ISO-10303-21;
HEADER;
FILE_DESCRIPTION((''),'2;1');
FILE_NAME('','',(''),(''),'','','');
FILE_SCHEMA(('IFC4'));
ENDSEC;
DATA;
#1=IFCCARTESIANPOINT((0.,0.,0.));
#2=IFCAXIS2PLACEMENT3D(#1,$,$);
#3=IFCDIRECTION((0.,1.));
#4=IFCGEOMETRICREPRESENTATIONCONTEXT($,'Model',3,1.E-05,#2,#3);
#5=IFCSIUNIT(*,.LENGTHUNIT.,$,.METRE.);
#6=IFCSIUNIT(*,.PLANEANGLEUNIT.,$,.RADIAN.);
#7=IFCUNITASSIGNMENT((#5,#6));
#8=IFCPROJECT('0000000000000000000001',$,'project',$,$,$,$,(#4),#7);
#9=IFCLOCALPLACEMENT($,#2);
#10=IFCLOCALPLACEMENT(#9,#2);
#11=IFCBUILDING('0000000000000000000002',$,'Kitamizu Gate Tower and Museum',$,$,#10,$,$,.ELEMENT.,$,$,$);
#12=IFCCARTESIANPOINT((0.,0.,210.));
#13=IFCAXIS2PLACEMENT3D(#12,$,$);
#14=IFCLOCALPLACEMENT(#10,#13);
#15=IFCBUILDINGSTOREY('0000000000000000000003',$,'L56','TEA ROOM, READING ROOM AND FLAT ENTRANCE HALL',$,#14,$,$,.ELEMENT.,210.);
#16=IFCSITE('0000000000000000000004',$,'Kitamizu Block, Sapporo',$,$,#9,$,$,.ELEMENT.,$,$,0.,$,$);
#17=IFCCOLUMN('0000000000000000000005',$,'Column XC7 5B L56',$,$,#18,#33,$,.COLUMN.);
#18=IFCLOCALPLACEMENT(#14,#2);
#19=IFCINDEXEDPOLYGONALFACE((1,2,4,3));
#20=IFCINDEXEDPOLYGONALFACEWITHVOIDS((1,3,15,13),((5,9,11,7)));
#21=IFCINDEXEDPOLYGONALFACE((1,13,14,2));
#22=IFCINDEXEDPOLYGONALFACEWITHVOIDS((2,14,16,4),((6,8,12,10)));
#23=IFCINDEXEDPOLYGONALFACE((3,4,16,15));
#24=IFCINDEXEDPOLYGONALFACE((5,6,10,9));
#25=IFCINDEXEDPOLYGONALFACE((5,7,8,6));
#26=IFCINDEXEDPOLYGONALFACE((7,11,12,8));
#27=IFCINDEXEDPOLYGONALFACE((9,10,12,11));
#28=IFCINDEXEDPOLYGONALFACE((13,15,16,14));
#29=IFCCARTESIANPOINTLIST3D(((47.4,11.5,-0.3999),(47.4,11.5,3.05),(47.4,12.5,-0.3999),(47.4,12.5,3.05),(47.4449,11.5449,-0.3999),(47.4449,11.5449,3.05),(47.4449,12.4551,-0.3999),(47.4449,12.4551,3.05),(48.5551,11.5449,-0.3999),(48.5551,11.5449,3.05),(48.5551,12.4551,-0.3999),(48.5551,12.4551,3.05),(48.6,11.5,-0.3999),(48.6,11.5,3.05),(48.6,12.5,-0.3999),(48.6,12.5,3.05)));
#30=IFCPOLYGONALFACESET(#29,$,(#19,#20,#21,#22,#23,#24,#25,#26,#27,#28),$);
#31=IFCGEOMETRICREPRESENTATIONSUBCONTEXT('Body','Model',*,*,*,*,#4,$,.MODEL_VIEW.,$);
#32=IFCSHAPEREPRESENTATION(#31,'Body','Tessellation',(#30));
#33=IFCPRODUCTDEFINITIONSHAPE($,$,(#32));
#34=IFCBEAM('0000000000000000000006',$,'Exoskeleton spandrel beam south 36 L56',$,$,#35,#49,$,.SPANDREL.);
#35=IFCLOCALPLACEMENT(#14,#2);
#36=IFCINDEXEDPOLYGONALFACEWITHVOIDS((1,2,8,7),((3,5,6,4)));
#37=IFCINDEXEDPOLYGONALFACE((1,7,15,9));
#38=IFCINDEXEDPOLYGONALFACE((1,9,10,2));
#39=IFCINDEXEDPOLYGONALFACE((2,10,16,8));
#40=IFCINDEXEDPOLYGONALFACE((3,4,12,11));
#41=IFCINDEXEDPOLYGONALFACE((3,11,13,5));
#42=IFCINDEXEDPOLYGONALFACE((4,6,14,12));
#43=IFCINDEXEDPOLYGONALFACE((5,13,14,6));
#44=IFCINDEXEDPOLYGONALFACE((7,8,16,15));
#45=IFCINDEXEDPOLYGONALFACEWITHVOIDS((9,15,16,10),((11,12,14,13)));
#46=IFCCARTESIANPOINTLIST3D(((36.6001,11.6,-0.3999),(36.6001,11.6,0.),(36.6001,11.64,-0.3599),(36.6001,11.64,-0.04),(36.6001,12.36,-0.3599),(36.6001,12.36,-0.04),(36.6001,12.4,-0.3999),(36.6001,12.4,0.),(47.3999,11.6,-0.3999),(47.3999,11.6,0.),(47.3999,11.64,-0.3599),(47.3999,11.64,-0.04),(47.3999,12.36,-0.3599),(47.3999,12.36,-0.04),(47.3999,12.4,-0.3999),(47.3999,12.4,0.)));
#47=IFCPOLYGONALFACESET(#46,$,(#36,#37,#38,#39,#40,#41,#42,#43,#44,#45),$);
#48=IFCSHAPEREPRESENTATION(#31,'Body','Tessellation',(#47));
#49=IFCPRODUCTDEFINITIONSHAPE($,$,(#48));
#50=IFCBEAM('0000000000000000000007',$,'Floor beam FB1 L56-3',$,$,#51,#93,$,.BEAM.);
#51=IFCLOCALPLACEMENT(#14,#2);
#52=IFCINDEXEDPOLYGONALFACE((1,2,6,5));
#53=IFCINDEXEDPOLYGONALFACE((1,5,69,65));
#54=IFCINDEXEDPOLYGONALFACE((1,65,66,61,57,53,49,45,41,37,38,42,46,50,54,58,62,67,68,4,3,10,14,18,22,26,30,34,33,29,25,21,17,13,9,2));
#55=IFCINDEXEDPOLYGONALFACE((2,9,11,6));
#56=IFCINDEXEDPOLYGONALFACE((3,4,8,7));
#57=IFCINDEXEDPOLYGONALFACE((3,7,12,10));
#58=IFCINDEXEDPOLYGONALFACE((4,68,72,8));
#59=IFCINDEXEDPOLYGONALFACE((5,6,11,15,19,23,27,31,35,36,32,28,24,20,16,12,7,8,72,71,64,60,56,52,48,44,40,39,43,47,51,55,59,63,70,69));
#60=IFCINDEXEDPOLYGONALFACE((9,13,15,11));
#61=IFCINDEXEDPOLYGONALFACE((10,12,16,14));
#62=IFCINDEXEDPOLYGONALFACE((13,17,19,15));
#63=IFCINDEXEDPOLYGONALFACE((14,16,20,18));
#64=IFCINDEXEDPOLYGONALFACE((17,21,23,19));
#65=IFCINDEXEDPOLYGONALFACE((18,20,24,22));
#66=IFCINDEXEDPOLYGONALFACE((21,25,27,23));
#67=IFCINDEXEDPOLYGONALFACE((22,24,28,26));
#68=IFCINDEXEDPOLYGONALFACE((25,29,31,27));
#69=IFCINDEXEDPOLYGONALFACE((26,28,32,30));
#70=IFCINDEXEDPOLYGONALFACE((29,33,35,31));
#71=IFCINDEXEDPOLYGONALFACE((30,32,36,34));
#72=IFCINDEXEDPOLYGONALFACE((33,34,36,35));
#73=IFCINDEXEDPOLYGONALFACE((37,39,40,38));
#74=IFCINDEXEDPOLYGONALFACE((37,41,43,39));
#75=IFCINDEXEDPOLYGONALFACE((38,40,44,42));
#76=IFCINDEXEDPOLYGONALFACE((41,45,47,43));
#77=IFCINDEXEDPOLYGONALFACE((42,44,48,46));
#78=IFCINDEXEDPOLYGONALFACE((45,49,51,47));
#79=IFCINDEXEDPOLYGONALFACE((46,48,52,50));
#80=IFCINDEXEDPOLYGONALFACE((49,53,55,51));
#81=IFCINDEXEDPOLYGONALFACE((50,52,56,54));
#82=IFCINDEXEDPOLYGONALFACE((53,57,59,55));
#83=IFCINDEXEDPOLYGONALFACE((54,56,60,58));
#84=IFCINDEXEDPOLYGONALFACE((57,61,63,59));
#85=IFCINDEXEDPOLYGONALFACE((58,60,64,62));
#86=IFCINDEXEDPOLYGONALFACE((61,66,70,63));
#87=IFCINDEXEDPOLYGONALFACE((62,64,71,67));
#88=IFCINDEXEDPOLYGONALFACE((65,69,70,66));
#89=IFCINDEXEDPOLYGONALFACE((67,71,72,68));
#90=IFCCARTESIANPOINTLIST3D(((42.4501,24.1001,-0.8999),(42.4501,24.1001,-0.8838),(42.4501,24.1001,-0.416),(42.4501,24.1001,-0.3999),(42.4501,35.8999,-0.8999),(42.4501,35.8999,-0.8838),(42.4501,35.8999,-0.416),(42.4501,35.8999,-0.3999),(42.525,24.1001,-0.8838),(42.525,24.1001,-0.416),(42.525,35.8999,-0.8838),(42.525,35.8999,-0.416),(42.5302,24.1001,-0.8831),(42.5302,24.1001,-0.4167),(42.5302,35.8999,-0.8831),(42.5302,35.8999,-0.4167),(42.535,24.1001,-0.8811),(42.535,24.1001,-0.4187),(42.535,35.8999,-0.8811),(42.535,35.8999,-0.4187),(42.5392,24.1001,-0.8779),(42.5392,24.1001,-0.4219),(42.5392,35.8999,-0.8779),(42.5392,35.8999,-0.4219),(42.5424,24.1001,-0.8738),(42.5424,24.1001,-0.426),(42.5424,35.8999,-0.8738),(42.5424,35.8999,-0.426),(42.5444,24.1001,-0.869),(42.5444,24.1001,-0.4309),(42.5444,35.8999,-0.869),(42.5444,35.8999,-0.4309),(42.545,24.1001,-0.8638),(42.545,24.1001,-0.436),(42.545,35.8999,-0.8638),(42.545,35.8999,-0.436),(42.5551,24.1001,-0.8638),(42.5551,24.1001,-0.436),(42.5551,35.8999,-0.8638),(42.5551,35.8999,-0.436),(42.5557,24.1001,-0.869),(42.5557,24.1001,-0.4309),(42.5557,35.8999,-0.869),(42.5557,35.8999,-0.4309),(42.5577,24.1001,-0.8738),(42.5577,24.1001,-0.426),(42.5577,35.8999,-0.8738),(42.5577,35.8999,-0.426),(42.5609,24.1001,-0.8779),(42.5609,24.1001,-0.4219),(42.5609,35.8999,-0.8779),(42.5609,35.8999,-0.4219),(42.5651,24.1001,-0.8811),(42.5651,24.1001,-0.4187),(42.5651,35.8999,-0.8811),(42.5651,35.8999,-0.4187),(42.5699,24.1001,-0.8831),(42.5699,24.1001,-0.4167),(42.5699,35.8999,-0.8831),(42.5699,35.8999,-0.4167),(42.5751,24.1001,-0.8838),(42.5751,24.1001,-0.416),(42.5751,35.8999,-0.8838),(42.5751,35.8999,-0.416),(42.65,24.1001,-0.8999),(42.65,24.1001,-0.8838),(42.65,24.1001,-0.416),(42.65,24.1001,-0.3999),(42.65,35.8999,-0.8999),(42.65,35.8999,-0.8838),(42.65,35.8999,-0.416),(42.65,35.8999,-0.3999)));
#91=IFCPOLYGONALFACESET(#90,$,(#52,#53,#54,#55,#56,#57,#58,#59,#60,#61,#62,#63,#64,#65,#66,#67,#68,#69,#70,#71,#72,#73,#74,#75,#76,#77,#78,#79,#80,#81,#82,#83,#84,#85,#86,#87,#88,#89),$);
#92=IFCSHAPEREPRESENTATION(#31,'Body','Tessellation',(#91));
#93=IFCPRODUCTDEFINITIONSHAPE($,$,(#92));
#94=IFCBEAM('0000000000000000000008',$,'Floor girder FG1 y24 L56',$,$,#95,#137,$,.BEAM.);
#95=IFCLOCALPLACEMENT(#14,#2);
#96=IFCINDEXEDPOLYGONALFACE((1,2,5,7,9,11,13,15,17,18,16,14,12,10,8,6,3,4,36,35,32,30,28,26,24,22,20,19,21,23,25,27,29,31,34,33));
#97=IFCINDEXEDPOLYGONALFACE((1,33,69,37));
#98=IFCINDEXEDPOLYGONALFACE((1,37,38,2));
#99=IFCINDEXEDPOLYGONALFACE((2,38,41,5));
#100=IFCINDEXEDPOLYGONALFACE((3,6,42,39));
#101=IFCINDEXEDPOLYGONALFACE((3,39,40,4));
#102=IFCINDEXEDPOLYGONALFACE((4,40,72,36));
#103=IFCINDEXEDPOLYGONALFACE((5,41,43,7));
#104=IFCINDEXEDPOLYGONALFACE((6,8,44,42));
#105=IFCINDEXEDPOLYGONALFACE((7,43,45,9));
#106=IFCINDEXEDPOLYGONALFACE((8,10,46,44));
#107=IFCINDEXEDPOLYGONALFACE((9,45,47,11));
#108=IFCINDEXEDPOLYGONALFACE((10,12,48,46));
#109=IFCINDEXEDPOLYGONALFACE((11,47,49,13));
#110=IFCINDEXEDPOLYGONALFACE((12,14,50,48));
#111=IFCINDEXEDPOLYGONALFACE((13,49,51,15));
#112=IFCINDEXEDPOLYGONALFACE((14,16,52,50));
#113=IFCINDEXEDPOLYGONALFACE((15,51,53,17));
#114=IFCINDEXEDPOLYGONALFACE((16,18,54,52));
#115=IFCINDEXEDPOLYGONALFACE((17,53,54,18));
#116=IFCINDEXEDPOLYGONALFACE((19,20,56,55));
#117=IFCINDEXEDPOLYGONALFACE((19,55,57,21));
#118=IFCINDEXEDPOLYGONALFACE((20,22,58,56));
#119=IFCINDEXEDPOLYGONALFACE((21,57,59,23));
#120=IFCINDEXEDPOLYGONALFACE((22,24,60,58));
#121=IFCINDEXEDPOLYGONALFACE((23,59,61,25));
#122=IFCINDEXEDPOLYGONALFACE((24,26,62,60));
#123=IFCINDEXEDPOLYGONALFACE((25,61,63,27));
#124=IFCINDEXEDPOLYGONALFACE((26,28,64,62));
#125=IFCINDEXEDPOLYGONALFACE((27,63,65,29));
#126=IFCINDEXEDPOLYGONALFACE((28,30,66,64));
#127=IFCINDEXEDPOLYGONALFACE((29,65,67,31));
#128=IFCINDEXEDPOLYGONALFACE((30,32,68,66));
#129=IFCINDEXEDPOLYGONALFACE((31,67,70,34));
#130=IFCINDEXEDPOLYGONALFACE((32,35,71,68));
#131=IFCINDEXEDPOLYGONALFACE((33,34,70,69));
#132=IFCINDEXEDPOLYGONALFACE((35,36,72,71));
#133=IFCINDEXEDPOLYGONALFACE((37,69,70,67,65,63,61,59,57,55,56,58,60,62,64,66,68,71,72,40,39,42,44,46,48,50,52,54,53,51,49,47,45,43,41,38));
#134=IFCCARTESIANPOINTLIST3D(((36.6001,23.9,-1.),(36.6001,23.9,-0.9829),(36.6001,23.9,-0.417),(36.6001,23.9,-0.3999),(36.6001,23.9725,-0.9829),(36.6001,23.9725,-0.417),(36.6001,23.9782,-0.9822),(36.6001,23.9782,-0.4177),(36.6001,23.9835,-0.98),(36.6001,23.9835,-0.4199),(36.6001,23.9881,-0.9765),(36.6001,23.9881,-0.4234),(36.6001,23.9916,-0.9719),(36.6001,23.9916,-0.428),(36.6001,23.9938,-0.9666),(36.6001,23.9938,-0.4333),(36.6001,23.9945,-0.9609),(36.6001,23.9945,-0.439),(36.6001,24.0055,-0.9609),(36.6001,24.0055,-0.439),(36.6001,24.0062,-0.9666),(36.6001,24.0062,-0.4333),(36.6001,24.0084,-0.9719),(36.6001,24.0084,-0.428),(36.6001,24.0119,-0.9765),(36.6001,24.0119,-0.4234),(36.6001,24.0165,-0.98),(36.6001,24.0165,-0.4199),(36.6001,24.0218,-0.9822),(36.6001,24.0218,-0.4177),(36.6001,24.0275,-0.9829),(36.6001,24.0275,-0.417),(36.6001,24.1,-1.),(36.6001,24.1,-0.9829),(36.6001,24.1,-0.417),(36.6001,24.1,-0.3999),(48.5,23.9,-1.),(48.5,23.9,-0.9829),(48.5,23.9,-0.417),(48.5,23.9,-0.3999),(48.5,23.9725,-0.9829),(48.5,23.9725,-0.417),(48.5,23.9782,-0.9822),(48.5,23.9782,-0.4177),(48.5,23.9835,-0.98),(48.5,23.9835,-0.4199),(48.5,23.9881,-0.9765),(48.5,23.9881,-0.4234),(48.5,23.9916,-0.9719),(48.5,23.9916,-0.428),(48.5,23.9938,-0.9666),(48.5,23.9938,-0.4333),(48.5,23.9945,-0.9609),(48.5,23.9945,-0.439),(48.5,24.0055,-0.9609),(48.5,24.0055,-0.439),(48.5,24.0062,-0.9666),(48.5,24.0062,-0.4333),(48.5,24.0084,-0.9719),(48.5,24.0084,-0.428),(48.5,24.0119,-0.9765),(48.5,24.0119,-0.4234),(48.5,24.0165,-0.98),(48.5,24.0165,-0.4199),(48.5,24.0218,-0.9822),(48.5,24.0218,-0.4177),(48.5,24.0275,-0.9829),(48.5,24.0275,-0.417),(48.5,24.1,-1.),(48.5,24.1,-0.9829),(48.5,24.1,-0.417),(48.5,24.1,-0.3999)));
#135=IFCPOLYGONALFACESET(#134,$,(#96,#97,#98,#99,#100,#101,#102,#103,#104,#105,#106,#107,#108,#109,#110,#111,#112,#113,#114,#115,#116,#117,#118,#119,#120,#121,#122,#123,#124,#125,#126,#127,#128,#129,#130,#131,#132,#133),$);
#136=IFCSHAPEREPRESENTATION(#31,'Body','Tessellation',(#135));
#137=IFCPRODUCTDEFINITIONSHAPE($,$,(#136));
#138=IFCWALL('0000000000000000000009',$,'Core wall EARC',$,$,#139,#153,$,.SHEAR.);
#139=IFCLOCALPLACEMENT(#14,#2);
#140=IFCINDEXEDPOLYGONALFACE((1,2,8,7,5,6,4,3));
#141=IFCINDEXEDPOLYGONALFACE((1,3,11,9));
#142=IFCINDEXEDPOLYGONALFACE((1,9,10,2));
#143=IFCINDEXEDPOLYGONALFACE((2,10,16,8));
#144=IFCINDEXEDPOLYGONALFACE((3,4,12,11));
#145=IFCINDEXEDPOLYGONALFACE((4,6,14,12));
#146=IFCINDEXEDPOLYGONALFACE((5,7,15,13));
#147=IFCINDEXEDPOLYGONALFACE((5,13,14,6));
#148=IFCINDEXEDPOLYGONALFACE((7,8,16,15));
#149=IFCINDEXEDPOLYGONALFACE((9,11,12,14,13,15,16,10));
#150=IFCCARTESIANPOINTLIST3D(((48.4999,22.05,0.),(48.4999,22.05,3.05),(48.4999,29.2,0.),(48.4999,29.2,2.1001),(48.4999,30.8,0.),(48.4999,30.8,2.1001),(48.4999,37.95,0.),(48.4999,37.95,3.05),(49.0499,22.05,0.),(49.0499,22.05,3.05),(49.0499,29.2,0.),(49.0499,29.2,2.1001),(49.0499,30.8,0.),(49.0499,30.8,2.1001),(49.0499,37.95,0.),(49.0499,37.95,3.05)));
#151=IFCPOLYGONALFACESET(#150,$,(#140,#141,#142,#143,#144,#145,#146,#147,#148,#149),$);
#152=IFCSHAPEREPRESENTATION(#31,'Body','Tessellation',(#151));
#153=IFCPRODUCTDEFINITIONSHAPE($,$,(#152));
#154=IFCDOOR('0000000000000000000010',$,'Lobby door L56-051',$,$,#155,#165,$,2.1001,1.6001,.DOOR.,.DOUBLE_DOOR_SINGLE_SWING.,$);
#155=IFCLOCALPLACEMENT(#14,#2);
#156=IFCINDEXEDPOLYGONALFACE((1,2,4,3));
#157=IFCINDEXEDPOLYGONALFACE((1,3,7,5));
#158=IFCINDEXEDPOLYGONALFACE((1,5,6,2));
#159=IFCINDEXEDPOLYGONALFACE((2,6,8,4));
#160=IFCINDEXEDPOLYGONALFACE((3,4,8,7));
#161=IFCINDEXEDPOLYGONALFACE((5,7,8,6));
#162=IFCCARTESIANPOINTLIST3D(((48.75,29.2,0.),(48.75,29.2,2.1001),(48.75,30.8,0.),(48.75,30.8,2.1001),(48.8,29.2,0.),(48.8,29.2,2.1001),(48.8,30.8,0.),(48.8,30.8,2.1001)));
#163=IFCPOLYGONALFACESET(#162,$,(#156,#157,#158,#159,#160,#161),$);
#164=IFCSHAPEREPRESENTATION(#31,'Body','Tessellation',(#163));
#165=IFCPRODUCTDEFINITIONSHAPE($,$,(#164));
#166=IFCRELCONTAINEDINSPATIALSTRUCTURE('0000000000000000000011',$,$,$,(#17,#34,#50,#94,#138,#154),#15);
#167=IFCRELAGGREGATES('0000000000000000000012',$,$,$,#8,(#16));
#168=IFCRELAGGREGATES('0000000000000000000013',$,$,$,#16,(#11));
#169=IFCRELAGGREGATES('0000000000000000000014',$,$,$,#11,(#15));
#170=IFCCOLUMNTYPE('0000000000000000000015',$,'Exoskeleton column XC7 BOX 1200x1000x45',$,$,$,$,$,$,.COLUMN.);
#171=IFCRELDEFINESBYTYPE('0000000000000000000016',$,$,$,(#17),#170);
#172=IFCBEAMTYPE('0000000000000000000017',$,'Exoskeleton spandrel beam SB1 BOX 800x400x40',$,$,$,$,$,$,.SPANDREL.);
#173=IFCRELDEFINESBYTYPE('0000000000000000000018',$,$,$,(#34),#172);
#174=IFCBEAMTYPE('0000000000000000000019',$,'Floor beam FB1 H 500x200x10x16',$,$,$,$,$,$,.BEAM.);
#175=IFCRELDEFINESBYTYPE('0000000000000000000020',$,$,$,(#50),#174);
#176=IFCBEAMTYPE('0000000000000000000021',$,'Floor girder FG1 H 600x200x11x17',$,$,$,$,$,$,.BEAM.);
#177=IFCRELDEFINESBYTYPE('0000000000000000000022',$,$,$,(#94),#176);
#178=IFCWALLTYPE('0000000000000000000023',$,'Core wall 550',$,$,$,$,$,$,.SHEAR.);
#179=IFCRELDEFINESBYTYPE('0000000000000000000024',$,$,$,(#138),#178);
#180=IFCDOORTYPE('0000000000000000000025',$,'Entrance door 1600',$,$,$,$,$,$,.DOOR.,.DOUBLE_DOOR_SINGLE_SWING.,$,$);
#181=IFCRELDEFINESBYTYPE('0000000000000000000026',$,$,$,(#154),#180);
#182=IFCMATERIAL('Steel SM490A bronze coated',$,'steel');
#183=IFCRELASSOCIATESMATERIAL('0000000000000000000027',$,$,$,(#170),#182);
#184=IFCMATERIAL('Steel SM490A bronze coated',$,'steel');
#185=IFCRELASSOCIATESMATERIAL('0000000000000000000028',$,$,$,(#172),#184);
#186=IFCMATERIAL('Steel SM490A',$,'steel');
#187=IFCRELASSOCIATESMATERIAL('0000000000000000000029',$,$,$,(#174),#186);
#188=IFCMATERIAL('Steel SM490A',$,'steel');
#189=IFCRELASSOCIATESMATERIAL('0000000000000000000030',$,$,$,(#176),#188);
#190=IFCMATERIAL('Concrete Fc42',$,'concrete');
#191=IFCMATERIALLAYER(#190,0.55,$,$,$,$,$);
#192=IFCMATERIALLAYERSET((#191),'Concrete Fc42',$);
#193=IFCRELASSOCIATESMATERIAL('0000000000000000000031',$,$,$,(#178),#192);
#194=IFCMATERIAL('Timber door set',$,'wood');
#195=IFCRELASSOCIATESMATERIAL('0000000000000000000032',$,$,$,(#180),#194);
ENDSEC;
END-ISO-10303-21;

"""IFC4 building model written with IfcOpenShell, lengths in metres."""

from ifc_helpers import new_model, si_unit, direction, frame, frame_2d, origin, origin_2d, place, context, subcontext, project, spatial, rectangle, hollow_rectangle, i_section, extrude, material, layer, layer_set, material_profile, profile_set, type_object, element, fill, save


model = new_model("IFC4")

# Units and contexts
model_context = context("Model", 3, precision=1e-05, world=origin(), true_north=direction((0.0, 1.0)))
body_context = subcontext(model_context, "Body", "Model", "MODEL_VIEW")
ifc_project = project(units=[si_unit("LENGTHUNIT", "METRE"), si_unit("PLANEANGLEUNIT", "RADIAN")], contexts=[model_context])

# Site, building, storey
site_placement = place(None, origin())
site = spatial("IfcSite", under=ifc_project, at=site_placement, Name="Kitamizu Block, Sapporo", CompositionType="ELEMENT", RefElevation=0.0)
building_placement = place(site_placement, origin())
building = spatial("IfcBuilding", under=site, at=building_placement, Name="Kitamizu Gate Tower and Museum", CompositionType="ELEMENT")
storey_placement = place(building_placement, frame((0.0, 0.0, 210.0)))
storey = spatial("IfcBuildingStorey", under=building, at=storey_placement, Name="L56", Description="TEA ROOM, READING ROOM AND FLAT ENTRANCE HALL", CompositionType="ELEMENT", Elevation=210.0)

# Column
ifc_material_1 = material(Name="Steel SM490A bronze coated", Category="steel")
ifc_material_profile_1 = material_profile(ifc_material_1, hollow_rectangle(XDim=1.2, YDim=1.0, WallThickness=0.0449, at=origin_2d()), Name="BOX 1200x1000x45")
ifc_profile_set_1 = profile_set([ifc_material_profile_1], Name="Steel SM490A bronze coated")
column_type = type_object("IfcColumnType", Name="Exoskeleton column XC7 BOX 1200x1000x45", PredefinedType="COLUMN", material=ifc_profile_set_1)
column_placement = place(storey_placement, frame((48.0, 12.0, -0.3999), z_axis=(0.0, 0.0, 1.0), x_axis=(1.0, 0.0, 0.0)))
element("IfcColumn", 1, at=column_placement, inside=storey, type_object=column_type, Name="Column XC7 5B L56", PredefinedType="COLUMN", context=body_context, shape_type="SweptSolid", body=[
    extrude(hollow_rectangle(XDim=1.2, YDim=1.0, WallThickness=0.0449, at=origin_2d()), origin(), (0.0, 0.0, 1.0), 3.45),
])

# Beams
ifc_material_2 = material(Name="Steel SM490A bronze coated", Category="steel")
ifc_material_profile_2 = material_profile(ifc_material_2, hollow_rectangle(XDim=0.8, YDim=0.3999, WallThickness=0.04, at=origin_2d()), Name="BOX 800x400x40")
ifc_profile_set_2 = profile_set([ifc_material_profile_2], Name="Steel SM490A bronze coated")
beam_type_1 = type_object("IfcBeamType", Name="Exoskeleton spandrel beam SB1 BOX 800x400x40", PredefinedType="SPANDREL", material=ifc_profile_set_2)
beam_1_placement = place(storey_placement, frame((36.6001, 12.0, -0.2), z_axis=(1.0, 0.0, 0.0), x_axis=(0.0, 1.0, 0.0)))
element("IfcBeam", 2, at=beam_1_placement, inside=storey, type_object=beam_type_1, Name="Exoskeleton spandrel beam south 36 L56", PredefinedType="SPANDREL", context=body_context, shape_type="SweptSolid", body=[
    extrude(hollow_rectangle(XDim=0.8, YDim=0.3999, WallThickness=0.04, at=origin_2d()), origin(), (0.0, 0.0, 1.0), 10.7998),
])
ifc_material_3 = material(Name="Steel SM490A", Category="steel")
ifc_material_profile_3 = material_profile(ifc_material_3, i_section(OverallWidth=0.2, OverallDepth=0.5, WebThickness=0.01, FlangeThickness=0.0161, FilletRadius=0.02, at=origin_2d()), Name="H-500x200x10x16")
ifc_profile_set_3 = profile_set([ifc_material_profile_3], Name="Steel SM490A")
beam_type_2 = type_object("IfcBeamType", Name="Floor beam FB1 H 500x200x10x16", PredefinedType="BEAM", material=ifc_profile_set_3)
beam_2_placement = place(storey_placement, frame((42.55, 24.1001, -0.6499), z_axis=(0.0, 1.0, 0.0), x_axis=(-1.0, 0.0, 0.0)))
element("IfcBeam", 3, at=beam_2_placement, inside=storey, type_object=beam_type_2, Name="Floor beam FB1 L56-3", PredefinedType="BEAM", context=body_context, shape_type="SweptSolid", body=[
    extrude(i_section(OverallWidth=0.2, OverallDepth=0.5, WebThickness=0.01, FlangeThickness=0.0161, FilletRadius=0.02, at=origin_2d()), origin(), (0.0, 0.0, 1.0), 11.7998),
])
ifc_material_4 = material(Name="Steel SM490A", Category="steel")
ifc_material_profile_4 = material_profile(ifc_material_4, i_section(OverallWidth=0.2, OverallDepth=0.6001, WebThickness=0.011, FlangeThickness=0.0171, FilletRadius=0.022, at=origin_2d()), Name="H-600x200x11x17")
ifc_profile_set_4 = profile_set([ifc_material_profile_4], Name="Steel SM490A")
beam_type_3 = type_object("IfcBeamType", Name="Floor girder FG1 H 600x200x11x17", PredefinedType="BEAM", material=ifc_profile_set_4)
beam_3_placement = place(storey_placement, frame((36.6001, 24.0, -0.7), z_axis=(1.0, 0.0, 0.0), x_axis=(0.0, 1.0, 0.0)))
element("IfcBeam", 4, at=beam_3_placement, inside=storey, type_object=beam_type_3, Name="Floor girder FG1 y24 L56", PredefinedType="BEAM", context=body_context, shape_type="SweptSolid", body=[
    extrude(i_section(OverallWidth=0.2, OverallDepth=0.6001, WebThickness=0.011, FlangeThickness=0.0171, FilletRadius=0.022, at=origin_2d()), origin(), (0.0, 0.0, 1.0), 11.8999),
])

# Wall, opening, door
ifc_material_5 = material(Name="Concrete Fc42", Category="concrete")
ifc_layer_1 = layer(ifc_material_5, 0.55)
ifc_layer_set_1 = layer_set([ifc_layer_1], Name="Concrete Fc42")
wall_type_1 = type_object("IfcWallType", Name="Core wall 550", PredefinedType="SHEAR", material=ifc_layer_set_1)
wall_1_placement = place(storey_placement, frame((48.7749, 22.05, 0.0), z_axis=(0.0, 0.0, 1.0), x_axis=(0.0, 1.0, 0.0)))
wall_1 = element("IfcWall", 5, at=wall_1_placement, inside=storey, type_object=wall_type_1, Name="Core wall EARC", PredefinedType="SHEAR", context=body_context, shape_type="SweptSolid", body=[
    extrude(rectangle(XDim=15.8999, YDim=0.55, at=frame_2d((7.95, 0.0))), origin(), (0.0, 0.0, 1.0), 3.05),
])
opening_1_placement = place(wall_1_placement, frame((7.1499, 0.0, 0.0)))
opening_1 = element("IfcOpeningElement", 6, at=opening_1_placement, cuts=wall_1, PredefinedType="OPENING", context=body_context, shape_type="SweptSolid", body=[
    extrude(rectangle(XDim=1.6001, YDim=2.1001, at=frame_2d((0.8, 1.05))), frame((0.0, 0.2852, 0.0), z_axis=(0.0, -1.0, 0.0), x_axis=(1.0, 0.0, 0.0)), (0.0, 0.0, 1.0), 0.5701),
])
ifc_material_6 = material(Name="Timber door set", Category="wood")
door_type_1 = type_object("IfcDoorType", Name="Entrance door 1600", OperationType="DOUBLE_DOOR_SINGLE_SWING", PredefinedType="DOOR", material=ifc_material_6)
door_1_placement = place(opening_1_placement, origin())
door_1 = element("IfcDoor", 7, at=door_1_placement, inside=storey, type_object=door_type_1, Name="Lobby door L56-051", OperationType="DOUBLE_DOOR_SINGLE_SWING", OverallHeight=2.1001, OverallWidth=1.6001, PredefinedType="DOOR", context=body_context, shape_type="SweptSolid", body=[
    extrude(rectangle(XDim=1.6001, YDim=2.1001, at=frame_2d((0.8, 1.05))), frame((0.0, 0.0249, 0.0), z_axis=(0.0, -1.0, 0.0), x_axis=(1.0, 0.0, 0.0)), (0.0, 0.0, 1.0), 0.05),
])
fill(opening_1, door_1)

save(model, "model.ifc")
